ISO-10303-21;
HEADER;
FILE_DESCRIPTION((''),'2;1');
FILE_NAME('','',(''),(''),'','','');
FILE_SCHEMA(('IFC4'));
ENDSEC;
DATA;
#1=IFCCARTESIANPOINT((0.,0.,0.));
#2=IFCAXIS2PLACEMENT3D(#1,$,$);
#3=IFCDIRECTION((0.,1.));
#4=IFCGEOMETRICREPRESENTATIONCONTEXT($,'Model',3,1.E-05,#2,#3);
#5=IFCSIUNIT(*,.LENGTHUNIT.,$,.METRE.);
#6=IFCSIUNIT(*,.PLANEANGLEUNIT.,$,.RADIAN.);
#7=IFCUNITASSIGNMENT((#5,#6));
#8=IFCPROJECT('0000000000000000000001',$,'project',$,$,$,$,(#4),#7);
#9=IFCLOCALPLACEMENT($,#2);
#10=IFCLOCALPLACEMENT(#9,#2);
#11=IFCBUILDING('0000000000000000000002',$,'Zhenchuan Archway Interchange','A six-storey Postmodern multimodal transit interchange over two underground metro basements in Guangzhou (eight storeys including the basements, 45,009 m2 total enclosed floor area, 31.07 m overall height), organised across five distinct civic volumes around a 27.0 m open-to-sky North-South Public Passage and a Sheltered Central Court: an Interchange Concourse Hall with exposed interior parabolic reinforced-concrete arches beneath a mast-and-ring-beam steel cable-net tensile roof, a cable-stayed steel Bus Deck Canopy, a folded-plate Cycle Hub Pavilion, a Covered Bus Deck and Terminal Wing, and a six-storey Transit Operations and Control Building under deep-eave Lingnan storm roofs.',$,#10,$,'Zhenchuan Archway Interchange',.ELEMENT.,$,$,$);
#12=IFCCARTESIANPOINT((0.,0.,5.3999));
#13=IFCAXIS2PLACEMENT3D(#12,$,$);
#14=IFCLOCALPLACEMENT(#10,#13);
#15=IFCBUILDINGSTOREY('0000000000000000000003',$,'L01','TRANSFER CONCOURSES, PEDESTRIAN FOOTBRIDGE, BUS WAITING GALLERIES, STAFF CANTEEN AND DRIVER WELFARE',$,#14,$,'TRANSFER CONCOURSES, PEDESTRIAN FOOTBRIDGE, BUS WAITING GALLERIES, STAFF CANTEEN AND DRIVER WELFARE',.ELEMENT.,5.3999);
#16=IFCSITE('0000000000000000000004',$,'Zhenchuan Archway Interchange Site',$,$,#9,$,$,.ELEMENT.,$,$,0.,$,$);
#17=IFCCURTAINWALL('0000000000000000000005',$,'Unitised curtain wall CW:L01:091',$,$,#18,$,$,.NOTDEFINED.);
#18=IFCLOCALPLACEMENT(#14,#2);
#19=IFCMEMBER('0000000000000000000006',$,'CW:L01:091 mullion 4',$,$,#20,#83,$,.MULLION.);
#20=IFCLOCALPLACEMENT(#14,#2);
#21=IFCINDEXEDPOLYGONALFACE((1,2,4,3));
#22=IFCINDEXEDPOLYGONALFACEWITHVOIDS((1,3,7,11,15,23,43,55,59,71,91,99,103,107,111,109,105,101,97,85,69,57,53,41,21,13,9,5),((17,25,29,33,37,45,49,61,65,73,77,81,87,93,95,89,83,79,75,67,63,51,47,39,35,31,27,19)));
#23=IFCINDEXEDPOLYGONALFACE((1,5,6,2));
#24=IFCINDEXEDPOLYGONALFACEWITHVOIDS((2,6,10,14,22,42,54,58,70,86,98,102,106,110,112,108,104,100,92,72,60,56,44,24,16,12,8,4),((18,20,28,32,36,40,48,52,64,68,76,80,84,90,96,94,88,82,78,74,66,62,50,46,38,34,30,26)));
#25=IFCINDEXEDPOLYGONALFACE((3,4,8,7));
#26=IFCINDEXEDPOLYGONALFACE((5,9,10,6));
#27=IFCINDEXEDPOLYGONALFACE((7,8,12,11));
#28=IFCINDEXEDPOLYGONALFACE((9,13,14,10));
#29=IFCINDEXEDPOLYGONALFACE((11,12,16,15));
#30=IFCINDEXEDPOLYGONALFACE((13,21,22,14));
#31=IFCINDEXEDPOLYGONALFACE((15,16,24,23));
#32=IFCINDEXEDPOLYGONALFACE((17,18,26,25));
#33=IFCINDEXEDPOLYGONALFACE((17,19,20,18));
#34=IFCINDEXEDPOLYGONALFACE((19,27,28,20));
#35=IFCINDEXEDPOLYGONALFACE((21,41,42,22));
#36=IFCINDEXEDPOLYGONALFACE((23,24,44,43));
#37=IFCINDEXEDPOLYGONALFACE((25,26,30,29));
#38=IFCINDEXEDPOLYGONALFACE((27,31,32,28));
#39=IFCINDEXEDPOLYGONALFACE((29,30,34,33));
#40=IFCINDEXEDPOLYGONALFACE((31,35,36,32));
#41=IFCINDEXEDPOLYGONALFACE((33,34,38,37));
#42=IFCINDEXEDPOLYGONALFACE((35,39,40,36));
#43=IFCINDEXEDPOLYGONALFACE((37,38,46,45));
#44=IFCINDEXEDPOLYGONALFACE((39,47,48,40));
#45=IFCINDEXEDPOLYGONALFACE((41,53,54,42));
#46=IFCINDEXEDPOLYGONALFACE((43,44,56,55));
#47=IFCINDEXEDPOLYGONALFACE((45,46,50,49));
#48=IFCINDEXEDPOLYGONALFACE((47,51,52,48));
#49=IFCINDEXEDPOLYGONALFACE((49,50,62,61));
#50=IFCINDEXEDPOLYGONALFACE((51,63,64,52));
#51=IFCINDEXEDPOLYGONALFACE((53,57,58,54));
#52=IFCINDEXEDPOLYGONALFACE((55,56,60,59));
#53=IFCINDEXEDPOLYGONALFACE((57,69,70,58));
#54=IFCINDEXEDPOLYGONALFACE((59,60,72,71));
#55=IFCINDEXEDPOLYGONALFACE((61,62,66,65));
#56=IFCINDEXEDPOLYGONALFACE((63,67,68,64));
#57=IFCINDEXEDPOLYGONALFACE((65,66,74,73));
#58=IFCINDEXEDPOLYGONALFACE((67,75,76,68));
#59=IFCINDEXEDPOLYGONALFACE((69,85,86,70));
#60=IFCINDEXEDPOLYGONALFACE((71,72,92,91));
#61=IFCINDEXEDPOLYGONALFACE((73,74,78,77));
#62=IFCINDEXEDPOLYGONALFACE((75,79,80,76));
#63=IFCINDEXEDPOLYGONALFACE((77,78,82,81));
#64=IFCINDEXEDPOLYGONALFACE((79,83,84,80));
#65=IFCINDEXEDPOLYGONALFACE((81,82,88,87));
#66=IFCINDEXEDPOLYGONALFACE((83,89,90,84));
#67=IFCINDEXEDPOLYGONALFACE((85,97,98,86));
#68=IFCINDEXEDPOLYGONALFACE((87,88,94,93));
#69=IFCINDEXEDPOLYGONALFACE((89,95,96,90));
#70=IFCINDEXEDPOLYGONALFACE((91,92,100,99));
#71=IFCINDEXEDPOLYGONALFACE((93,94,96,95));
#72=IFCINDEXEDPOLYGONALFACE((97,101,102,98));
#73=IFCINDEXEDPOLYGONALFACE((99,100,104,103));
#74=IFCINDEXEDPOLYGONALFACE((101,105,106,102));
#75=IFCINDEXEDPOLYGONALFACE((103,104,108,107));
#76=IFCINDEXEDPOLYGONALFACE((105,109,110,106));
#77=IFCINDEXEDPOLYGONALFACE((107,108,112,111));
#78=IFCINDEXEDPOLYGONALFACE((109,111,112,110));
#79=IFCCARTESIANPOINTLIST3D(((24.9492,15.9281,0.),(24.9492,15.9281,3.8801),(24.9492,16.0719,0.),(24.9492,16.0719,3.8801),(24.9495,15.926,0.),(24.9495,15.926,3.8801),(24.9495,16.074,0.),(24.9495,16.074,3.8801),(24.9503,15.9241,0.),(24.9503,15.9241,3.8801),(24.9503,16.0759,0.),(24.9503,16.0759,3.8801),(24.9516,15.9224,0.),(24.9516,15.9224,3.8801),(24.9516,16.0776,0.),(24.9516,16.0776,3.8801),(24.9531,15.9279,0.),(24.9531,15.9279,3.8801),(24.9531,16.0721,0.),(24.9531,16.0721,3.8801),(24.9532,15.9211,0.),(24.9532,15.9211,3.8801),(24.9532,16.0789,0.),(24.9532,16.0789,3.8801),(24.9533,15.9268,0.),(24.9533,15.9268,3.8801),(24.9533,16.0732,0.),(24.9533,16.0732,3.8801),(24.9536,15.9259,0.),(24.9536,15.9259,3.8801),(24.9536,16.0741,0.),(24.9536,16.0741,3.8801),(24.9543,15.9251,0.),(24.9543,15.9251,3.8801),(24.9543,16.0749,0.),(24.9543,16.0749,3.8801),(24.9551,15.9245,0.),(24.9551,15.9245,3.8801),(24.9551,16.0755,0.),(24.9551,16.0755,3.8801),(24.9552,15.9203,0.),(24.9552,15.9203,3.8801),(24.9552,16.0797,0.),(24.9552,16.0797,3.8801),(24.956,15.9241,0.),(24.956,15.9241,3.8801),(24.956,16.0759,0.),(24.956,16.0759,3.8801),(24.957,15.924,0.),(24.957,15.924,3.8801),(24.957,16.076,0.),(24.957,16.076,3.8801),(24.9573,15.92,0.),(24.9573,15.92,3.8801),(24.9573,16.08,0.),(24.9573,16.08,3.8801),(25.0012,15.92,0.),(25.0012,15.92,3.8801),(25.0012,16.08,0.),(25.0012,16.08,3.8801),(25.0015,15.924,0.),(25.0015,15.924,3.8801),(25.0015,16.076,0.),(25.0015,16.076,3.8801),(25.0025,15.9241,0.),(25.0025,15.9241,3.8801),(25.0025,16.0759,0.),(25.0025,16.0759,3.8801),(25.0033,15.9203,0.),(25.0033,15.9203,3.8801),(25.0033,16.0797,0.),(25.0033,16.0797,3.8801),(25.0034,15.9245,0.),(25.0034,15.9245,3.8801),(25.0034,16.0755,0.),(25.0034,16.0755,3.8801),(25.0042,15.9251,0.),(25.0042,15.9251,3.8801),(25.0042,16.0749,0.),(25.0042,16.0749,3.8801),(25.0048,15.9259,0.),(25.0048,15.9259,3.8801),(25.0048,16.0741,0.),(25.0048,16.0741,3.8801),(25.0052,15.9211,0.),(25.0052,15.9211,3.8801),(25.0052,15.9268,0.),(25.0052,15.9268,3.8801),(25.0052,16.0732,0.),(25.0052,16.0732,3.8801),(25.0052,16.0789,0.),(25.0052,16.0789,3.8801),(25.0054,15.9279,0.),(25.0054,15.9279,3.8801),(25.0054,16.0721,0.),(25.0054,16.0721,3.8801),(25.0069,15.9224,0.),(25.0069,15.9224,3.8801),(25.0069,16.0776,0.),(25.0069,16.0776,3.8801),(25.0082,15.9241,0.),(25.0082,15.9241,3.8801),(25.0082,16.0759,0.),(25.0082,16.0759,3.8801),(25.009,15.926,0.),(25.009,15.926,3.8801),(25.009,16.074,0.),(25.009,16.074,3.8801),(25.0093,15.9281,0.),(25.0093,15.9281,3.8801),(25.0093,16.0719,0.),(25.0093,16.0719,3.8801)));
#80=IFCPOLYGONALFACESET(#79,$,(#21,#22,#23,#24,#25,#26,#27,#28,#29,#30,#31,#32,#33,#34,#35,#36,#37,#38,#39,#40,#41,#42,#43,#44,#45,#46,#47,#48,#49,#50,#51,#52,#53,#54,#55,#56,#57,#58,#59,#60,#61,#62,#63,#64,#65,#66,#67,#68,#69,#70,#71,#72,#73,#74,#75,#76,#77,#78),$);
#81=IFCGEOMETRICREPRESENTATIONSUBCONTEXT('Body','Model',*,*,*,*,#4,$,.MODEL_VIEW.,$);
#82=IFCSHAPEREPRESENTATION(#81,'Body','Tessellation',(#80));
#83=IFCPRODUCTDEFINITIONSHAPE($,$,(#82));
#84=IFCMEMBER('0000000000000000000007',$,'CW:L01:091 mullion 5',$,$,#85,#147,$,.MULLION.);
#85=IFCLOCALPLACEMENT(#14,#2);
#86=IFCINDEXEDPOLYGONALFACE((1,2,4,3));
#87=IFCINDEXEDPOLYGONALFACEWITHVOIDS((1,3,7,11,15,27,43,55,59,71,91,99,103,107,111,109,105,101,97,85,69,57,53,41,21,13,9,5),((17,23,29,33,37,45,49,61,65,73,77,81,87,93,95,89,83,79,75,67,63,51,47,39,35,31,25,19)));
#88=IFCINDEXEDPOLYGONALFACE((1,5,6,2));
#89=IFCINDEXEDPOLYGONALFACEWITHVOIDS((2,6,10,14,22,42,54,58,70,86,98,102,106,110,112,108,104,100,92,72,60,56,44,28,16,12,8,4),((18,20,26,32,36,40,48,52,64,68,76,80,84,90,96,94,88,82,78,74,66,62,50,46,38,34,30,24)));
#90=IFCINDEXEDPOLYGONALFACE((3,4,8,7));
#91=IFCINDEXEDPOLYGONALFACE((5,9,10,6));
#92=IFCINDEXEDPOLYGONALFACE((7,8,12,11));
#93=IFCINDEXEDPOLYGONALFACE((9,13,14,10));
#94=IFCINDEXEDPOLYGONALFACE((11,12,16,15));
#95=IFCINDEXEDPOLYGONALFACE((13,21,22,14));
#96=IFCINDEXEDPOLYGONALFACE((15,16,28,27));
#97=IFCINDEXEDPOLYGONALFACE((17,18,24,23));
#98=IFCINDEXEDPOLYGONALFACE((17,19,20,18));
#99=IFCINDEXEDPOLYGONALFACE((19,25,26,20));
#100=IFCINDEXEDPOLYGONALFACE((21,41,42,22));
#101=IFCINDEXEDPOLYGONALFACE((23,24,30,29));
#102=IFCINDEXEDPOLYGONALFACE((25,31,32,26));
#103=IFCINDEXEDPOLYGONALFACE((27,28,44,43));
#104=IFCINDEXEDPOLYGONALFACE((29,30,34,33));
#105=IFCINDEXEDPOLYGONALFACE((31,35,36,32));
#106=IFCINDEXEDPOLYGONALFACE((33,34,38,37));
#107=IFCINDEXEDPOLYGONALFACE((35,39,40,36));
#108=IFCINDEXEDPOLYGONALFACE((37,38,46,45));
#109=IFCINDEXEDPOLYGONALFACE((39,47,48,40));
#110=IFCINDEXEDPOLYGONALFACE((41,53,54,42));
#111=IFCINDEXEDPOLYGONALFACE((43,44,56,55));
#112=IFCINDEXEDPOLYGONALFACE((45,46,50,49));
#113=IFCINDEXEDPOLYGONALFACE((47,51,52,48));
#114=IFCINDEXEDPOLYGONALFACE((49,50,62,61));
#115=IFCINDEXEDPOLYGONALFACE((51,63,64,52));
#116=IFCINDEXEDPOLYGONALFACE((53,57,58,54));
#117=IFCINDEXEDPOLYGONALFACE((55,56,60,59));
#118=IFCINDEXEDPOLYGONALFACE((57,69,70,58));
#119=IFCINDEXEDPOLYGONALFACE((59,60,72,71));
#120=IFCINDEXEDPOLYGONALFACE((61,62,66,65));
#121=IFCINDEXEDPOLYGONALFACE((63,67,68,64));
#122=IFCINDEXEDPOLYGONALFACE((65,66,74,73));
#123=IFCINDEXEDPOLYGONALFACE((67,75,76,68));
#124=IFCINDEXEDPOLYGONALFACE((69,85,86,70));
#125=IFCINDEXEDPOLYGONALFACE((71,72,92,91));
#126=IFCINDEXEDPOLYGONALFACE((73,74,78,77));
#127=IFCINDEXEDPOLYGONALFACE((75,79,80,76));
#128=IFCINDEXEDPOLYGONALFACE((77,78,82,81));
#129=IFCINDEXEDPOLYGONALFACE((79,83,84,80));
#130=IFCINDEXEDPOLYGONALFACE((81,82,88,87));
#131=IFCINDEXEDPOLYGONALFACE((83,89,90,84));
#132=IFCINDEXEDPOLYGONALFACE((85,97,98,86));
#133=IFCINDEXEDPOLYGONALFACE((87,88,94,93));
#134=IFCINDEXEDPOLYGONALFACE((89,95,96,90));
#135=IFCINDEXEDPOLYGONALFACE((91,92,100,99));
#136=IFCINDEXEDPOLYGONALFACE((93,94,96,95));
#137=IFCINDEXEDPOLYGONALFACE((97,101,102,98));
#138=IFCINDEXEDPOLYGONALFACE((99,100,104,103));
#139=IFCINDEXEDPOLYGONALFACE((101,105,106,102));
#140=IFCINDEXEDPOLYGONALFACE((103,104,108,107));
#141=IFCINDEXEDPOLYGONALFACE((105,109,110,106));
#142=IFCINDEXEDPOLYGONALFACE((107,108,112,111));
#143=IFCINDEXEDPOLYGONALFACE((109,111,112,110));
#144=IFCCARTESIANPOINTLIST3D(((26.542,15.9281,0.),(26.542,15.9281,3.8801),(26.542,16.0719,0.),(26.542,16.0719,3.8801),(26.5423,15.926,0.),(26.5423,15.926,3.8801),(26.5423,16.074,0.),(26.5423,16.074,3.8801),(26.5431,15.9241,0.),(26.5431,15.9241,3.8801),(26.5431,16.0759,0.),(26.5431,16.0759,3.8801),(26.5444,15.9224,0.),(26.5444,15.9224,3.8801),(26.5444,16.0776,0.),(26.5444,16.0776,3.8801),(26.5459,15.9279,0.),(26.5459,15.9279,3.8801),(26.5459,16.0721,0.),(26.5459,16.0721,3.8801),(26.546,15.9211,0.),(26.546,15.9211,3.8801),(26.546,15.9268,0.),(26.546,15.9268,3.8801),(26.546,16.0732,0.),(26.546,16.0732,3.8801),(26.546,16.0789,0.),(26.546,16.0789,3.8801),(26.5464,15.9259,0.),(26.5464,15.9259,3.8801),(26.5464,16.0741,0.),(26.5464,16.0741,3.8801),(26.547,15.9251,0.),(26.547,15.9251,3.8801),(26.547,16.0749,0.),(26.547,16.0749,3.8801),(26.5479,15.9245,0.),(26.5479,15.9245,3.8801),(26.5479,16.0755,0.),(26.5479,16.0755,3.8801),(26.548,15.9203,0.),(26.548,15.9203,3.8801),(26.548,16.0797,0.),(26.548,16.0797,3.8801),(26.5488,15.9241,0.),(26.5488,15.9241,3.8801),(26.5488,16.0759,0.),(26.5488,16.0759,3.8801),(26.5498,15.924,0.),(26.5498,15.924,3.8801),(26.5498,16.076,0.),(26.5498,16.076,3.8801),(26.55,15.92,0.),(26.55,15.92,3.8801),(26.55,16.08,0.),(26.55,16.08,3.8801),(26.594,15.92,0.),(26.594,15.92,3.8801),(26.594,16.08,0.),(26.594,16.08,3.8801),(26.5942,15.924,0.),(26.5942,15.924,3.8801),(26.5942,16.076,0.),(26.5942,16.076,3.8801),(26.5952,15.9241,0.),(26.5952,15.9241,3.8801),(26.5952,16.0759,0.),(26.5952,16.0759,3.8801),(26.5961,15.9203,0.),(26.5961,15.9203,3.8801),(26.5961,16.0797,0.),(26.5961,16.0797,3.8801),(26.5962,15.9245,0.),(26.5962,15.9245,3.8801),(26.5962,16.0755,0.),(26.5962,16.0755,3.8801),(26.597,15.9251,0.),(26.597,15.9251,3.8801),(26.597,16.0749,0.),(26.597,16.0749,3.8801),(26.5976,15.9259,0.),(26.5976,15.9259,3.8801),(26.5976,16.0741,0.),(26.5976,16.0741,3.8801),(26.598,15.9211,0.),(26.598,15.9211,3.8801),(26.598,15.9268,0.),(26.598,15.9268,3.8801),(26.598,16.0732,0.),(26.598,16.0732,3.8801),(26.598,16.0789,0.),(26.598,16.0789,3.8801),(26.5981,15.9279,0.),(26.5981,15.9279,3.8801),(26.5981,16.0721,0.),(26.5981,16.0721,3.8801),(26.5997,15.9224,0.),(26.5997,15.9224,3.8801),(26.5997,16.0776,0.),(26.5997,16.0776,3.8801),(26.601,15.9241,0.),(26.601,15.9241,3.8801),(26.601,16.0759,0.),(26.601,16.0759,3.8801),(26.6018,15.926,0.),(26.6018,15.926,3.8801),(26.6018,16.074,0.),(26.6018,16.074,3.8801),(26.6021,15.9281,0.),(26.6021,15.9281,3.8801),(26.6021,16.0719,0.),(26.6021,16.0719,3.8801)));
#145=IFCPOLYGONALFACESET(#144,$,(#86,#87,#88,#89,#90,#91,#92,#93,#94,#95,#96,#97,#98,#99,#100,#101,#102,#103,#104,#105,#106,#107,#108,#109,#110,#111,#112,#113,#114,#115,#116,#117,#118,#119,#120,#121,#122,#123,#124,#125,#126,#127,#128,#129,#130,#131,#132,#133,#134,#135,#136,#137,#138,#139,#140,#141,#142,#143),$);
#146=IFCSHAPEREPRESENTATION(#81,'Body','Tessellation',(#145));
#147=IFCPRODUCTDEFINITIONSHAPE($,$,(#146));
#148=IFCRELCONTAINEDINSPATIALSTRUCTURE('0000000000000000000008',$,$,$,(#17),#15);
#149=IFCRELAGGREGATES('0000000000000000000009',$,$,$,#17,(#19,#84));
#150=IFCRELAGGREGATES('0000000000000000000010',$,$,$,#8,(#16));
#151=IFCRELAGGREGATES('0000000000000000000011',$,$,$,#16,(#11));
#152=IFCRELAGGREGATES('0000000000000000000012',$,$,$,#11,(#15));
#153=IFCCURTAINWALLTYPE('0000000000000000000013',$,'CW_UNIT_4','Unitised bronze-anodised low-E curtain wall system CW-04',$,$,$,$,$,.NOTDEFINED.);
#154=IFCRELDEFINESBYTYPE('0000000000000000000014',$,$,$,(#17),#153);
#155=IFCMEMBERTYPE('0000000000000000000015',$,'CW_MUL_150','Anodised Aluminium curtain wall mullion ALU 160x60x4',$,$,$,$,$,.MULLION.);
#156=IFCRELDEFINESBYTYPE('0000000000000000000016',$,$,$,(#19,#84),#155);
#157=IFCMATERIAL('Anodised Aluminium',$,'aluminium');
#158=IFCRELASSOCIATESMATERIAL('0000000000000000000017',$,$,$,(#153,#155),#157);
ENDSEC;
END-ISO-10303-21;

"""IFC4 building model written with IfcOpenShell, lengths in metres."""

from ifc_helpers import new_model, si_unit, direction, frame, origin, origin_2d, place, context, subcontext, project, spatial, hollow_rectangle, extrude, material, material_profile, profile_set, type_object, element, aggregate, save


model = new_model("IFC4")

# Units and contexts
model_context = context("Model", 3, precision=1e-05, world=origin(), true_north=direction((0.0, 1.0)))
body_context = subcontext(model_context, "Body", "Model", "MODEL_VIEW")
ifc_project = project(units=[si_unit("LENGTHUNIT", "METRE"), si_unit("PLANEANGLEUNIT", "RADIAN")], contexts=[model_context])

# Site, building, storey
site_placement = place(None, origin())
site = spatial("IfcSite", under=ifc_project, at=site_placement, Name="Zhenchuan Archway Interchange Site", CompositionType="ELEMENT", RefElevation=0.0)
building_placement = place(site_placement, origin())
building = spatial("IfcBuilding", under=site, at=building_placement, Name="Zhenchuan Archway Interchange", Description="A six-storey Postmodern multimodal transit interchange over two underground metro basements in Guangzhou (eight storeys including the basements, 45,009 m2 total enclosed floor area, 31.07 m overall height), organised across five distinct civic volumes around a 27.0 m open-to-sky North-South Public Passage and a Sheltered Central Court: an Interchange Concourse Hall with exposed interior parabolic reinforced-concrete arches beneath a mast-and-ring-beam steel cable-net tensile roof, a cable-stayed steel Bus Deck Canopy, a folded-plate Cycle Hub Pavilion, a Covered Bus Deck and Terminal Wing, and a six-storey Transit Operations and Control Building under deep-eave Lingnan storm roofs.", LongName="Zhenchuan Archway Interchange", CompositionType="ELEMENT")
storey_placement = place(building_placement, frame((0.0, 0.0, 5.3999)))
storey = spatial("IfcBuildingStorey", under=building, at=storey_placement, Name="L01", Description="TRANSFER CONCOURSES, PEDESTRIAN FOOTBRIDGE, BUS WAITING GALLERIES, STAFF CANTEEN AND DRIVER WELFARE", LongName="TRANSFER CONCOURSES, PEDESTRIAN FOOTBRIDGE, BUS WAITING GALLERIES, STAFF CANTEEN AND DRIVER WELFARE", CompositionType="ELEMENT", Elevation=5.3999)

# Curtain wall, members
ifc_material_1 = material(Name="Anodised Aluminium", Category="aluminium")
curtain_wall_type = type_object("IfcCurtainWallType", Name="CW_UNIT_4", Description="Unitised bronze-anodised low-E curtain wall system CW-04", PredefinedType="NOTDEFINED", material=ifc_material_1)
curtain_wall_placement = place(storey_placement, origin())
curtain_wall = element("IfcCurtainWall", 1, at=curtain_wall_placement, inside=storey, type_object=curtain_wall_type, Name="Unitised curtain wall CW:L01:091", PredefinedType="NOTDEFINED")
ifc_material_profile_1 = material_profile(ifc_material_1, hollow_rectangle(XDim=0.0601, YDim=0.1599, WallThickness=0.0039, InnerFilletRadius=0.0039, OuterFilletRadius=0.0081, at=origin_2d()), Name="ALU 160x60x4")
ifc_profile_set_1 = profile_set([ifc_material_profile_1], Name="Anodised Aluminium")
member_type_1 = type_object("IfcMemberType", Name="CW_MUL_150", Description="Anodised Aluminium curtain wall mullion ALU 160x60x4", PredefinedType="MULLION", material=ifc_profile_set_1)
member_1_placement = place(storey_placement, frame((24.9792, 16.0, 0.0), z_axis=(0.0, 0.0, 1.0), x_axis=(1.0, 0.0, 0.0)))
member_1 = element("IfcMember", 2, at=member_1_placement, type_object=member_type_1, Name="CW:L01:091 mullion 4", PredefinedType="MULLION", context=body_context, shape_type="SweptSolid", body=[
    extrude(hollow_rectangle(XDim=0.0601, YDim=0.1599, WallThickness=0.0039, InnerFilletRadius=0.0039, OuterFilletRadius=0.0081, at=origin_2d()), origin(), (0.0, 0.0, 1.0), 3.8801),
])
member_2_placement = place(storey_placement, frame((26.572, 16.0, 0.0), z_axis=(0.0, 0.0, 1.0), x_axis=(1.0, 0.0, 0.0)))
member_2 = element("IfcMember", 3, at=member_2_placement, type_object=member_type_1, Name="CW:L01:091 mullion 5", PredefinedType="MULLION", context=body_context, shape_type="SweptSolid", body=[
    extrude(hollow_rectangle(XDim=0.0601, YDim=0.1599, WallThickness=0.0039, InnerFilletRadius=0.0039, OuterFilletRadius=0.0081, at=origin_2d()), origin(), (0.0, 0.0, 1.0), 3.8801),
])

aggregate(curtain_wall, [member_1, member_2])

save(model, "model.ifc")
